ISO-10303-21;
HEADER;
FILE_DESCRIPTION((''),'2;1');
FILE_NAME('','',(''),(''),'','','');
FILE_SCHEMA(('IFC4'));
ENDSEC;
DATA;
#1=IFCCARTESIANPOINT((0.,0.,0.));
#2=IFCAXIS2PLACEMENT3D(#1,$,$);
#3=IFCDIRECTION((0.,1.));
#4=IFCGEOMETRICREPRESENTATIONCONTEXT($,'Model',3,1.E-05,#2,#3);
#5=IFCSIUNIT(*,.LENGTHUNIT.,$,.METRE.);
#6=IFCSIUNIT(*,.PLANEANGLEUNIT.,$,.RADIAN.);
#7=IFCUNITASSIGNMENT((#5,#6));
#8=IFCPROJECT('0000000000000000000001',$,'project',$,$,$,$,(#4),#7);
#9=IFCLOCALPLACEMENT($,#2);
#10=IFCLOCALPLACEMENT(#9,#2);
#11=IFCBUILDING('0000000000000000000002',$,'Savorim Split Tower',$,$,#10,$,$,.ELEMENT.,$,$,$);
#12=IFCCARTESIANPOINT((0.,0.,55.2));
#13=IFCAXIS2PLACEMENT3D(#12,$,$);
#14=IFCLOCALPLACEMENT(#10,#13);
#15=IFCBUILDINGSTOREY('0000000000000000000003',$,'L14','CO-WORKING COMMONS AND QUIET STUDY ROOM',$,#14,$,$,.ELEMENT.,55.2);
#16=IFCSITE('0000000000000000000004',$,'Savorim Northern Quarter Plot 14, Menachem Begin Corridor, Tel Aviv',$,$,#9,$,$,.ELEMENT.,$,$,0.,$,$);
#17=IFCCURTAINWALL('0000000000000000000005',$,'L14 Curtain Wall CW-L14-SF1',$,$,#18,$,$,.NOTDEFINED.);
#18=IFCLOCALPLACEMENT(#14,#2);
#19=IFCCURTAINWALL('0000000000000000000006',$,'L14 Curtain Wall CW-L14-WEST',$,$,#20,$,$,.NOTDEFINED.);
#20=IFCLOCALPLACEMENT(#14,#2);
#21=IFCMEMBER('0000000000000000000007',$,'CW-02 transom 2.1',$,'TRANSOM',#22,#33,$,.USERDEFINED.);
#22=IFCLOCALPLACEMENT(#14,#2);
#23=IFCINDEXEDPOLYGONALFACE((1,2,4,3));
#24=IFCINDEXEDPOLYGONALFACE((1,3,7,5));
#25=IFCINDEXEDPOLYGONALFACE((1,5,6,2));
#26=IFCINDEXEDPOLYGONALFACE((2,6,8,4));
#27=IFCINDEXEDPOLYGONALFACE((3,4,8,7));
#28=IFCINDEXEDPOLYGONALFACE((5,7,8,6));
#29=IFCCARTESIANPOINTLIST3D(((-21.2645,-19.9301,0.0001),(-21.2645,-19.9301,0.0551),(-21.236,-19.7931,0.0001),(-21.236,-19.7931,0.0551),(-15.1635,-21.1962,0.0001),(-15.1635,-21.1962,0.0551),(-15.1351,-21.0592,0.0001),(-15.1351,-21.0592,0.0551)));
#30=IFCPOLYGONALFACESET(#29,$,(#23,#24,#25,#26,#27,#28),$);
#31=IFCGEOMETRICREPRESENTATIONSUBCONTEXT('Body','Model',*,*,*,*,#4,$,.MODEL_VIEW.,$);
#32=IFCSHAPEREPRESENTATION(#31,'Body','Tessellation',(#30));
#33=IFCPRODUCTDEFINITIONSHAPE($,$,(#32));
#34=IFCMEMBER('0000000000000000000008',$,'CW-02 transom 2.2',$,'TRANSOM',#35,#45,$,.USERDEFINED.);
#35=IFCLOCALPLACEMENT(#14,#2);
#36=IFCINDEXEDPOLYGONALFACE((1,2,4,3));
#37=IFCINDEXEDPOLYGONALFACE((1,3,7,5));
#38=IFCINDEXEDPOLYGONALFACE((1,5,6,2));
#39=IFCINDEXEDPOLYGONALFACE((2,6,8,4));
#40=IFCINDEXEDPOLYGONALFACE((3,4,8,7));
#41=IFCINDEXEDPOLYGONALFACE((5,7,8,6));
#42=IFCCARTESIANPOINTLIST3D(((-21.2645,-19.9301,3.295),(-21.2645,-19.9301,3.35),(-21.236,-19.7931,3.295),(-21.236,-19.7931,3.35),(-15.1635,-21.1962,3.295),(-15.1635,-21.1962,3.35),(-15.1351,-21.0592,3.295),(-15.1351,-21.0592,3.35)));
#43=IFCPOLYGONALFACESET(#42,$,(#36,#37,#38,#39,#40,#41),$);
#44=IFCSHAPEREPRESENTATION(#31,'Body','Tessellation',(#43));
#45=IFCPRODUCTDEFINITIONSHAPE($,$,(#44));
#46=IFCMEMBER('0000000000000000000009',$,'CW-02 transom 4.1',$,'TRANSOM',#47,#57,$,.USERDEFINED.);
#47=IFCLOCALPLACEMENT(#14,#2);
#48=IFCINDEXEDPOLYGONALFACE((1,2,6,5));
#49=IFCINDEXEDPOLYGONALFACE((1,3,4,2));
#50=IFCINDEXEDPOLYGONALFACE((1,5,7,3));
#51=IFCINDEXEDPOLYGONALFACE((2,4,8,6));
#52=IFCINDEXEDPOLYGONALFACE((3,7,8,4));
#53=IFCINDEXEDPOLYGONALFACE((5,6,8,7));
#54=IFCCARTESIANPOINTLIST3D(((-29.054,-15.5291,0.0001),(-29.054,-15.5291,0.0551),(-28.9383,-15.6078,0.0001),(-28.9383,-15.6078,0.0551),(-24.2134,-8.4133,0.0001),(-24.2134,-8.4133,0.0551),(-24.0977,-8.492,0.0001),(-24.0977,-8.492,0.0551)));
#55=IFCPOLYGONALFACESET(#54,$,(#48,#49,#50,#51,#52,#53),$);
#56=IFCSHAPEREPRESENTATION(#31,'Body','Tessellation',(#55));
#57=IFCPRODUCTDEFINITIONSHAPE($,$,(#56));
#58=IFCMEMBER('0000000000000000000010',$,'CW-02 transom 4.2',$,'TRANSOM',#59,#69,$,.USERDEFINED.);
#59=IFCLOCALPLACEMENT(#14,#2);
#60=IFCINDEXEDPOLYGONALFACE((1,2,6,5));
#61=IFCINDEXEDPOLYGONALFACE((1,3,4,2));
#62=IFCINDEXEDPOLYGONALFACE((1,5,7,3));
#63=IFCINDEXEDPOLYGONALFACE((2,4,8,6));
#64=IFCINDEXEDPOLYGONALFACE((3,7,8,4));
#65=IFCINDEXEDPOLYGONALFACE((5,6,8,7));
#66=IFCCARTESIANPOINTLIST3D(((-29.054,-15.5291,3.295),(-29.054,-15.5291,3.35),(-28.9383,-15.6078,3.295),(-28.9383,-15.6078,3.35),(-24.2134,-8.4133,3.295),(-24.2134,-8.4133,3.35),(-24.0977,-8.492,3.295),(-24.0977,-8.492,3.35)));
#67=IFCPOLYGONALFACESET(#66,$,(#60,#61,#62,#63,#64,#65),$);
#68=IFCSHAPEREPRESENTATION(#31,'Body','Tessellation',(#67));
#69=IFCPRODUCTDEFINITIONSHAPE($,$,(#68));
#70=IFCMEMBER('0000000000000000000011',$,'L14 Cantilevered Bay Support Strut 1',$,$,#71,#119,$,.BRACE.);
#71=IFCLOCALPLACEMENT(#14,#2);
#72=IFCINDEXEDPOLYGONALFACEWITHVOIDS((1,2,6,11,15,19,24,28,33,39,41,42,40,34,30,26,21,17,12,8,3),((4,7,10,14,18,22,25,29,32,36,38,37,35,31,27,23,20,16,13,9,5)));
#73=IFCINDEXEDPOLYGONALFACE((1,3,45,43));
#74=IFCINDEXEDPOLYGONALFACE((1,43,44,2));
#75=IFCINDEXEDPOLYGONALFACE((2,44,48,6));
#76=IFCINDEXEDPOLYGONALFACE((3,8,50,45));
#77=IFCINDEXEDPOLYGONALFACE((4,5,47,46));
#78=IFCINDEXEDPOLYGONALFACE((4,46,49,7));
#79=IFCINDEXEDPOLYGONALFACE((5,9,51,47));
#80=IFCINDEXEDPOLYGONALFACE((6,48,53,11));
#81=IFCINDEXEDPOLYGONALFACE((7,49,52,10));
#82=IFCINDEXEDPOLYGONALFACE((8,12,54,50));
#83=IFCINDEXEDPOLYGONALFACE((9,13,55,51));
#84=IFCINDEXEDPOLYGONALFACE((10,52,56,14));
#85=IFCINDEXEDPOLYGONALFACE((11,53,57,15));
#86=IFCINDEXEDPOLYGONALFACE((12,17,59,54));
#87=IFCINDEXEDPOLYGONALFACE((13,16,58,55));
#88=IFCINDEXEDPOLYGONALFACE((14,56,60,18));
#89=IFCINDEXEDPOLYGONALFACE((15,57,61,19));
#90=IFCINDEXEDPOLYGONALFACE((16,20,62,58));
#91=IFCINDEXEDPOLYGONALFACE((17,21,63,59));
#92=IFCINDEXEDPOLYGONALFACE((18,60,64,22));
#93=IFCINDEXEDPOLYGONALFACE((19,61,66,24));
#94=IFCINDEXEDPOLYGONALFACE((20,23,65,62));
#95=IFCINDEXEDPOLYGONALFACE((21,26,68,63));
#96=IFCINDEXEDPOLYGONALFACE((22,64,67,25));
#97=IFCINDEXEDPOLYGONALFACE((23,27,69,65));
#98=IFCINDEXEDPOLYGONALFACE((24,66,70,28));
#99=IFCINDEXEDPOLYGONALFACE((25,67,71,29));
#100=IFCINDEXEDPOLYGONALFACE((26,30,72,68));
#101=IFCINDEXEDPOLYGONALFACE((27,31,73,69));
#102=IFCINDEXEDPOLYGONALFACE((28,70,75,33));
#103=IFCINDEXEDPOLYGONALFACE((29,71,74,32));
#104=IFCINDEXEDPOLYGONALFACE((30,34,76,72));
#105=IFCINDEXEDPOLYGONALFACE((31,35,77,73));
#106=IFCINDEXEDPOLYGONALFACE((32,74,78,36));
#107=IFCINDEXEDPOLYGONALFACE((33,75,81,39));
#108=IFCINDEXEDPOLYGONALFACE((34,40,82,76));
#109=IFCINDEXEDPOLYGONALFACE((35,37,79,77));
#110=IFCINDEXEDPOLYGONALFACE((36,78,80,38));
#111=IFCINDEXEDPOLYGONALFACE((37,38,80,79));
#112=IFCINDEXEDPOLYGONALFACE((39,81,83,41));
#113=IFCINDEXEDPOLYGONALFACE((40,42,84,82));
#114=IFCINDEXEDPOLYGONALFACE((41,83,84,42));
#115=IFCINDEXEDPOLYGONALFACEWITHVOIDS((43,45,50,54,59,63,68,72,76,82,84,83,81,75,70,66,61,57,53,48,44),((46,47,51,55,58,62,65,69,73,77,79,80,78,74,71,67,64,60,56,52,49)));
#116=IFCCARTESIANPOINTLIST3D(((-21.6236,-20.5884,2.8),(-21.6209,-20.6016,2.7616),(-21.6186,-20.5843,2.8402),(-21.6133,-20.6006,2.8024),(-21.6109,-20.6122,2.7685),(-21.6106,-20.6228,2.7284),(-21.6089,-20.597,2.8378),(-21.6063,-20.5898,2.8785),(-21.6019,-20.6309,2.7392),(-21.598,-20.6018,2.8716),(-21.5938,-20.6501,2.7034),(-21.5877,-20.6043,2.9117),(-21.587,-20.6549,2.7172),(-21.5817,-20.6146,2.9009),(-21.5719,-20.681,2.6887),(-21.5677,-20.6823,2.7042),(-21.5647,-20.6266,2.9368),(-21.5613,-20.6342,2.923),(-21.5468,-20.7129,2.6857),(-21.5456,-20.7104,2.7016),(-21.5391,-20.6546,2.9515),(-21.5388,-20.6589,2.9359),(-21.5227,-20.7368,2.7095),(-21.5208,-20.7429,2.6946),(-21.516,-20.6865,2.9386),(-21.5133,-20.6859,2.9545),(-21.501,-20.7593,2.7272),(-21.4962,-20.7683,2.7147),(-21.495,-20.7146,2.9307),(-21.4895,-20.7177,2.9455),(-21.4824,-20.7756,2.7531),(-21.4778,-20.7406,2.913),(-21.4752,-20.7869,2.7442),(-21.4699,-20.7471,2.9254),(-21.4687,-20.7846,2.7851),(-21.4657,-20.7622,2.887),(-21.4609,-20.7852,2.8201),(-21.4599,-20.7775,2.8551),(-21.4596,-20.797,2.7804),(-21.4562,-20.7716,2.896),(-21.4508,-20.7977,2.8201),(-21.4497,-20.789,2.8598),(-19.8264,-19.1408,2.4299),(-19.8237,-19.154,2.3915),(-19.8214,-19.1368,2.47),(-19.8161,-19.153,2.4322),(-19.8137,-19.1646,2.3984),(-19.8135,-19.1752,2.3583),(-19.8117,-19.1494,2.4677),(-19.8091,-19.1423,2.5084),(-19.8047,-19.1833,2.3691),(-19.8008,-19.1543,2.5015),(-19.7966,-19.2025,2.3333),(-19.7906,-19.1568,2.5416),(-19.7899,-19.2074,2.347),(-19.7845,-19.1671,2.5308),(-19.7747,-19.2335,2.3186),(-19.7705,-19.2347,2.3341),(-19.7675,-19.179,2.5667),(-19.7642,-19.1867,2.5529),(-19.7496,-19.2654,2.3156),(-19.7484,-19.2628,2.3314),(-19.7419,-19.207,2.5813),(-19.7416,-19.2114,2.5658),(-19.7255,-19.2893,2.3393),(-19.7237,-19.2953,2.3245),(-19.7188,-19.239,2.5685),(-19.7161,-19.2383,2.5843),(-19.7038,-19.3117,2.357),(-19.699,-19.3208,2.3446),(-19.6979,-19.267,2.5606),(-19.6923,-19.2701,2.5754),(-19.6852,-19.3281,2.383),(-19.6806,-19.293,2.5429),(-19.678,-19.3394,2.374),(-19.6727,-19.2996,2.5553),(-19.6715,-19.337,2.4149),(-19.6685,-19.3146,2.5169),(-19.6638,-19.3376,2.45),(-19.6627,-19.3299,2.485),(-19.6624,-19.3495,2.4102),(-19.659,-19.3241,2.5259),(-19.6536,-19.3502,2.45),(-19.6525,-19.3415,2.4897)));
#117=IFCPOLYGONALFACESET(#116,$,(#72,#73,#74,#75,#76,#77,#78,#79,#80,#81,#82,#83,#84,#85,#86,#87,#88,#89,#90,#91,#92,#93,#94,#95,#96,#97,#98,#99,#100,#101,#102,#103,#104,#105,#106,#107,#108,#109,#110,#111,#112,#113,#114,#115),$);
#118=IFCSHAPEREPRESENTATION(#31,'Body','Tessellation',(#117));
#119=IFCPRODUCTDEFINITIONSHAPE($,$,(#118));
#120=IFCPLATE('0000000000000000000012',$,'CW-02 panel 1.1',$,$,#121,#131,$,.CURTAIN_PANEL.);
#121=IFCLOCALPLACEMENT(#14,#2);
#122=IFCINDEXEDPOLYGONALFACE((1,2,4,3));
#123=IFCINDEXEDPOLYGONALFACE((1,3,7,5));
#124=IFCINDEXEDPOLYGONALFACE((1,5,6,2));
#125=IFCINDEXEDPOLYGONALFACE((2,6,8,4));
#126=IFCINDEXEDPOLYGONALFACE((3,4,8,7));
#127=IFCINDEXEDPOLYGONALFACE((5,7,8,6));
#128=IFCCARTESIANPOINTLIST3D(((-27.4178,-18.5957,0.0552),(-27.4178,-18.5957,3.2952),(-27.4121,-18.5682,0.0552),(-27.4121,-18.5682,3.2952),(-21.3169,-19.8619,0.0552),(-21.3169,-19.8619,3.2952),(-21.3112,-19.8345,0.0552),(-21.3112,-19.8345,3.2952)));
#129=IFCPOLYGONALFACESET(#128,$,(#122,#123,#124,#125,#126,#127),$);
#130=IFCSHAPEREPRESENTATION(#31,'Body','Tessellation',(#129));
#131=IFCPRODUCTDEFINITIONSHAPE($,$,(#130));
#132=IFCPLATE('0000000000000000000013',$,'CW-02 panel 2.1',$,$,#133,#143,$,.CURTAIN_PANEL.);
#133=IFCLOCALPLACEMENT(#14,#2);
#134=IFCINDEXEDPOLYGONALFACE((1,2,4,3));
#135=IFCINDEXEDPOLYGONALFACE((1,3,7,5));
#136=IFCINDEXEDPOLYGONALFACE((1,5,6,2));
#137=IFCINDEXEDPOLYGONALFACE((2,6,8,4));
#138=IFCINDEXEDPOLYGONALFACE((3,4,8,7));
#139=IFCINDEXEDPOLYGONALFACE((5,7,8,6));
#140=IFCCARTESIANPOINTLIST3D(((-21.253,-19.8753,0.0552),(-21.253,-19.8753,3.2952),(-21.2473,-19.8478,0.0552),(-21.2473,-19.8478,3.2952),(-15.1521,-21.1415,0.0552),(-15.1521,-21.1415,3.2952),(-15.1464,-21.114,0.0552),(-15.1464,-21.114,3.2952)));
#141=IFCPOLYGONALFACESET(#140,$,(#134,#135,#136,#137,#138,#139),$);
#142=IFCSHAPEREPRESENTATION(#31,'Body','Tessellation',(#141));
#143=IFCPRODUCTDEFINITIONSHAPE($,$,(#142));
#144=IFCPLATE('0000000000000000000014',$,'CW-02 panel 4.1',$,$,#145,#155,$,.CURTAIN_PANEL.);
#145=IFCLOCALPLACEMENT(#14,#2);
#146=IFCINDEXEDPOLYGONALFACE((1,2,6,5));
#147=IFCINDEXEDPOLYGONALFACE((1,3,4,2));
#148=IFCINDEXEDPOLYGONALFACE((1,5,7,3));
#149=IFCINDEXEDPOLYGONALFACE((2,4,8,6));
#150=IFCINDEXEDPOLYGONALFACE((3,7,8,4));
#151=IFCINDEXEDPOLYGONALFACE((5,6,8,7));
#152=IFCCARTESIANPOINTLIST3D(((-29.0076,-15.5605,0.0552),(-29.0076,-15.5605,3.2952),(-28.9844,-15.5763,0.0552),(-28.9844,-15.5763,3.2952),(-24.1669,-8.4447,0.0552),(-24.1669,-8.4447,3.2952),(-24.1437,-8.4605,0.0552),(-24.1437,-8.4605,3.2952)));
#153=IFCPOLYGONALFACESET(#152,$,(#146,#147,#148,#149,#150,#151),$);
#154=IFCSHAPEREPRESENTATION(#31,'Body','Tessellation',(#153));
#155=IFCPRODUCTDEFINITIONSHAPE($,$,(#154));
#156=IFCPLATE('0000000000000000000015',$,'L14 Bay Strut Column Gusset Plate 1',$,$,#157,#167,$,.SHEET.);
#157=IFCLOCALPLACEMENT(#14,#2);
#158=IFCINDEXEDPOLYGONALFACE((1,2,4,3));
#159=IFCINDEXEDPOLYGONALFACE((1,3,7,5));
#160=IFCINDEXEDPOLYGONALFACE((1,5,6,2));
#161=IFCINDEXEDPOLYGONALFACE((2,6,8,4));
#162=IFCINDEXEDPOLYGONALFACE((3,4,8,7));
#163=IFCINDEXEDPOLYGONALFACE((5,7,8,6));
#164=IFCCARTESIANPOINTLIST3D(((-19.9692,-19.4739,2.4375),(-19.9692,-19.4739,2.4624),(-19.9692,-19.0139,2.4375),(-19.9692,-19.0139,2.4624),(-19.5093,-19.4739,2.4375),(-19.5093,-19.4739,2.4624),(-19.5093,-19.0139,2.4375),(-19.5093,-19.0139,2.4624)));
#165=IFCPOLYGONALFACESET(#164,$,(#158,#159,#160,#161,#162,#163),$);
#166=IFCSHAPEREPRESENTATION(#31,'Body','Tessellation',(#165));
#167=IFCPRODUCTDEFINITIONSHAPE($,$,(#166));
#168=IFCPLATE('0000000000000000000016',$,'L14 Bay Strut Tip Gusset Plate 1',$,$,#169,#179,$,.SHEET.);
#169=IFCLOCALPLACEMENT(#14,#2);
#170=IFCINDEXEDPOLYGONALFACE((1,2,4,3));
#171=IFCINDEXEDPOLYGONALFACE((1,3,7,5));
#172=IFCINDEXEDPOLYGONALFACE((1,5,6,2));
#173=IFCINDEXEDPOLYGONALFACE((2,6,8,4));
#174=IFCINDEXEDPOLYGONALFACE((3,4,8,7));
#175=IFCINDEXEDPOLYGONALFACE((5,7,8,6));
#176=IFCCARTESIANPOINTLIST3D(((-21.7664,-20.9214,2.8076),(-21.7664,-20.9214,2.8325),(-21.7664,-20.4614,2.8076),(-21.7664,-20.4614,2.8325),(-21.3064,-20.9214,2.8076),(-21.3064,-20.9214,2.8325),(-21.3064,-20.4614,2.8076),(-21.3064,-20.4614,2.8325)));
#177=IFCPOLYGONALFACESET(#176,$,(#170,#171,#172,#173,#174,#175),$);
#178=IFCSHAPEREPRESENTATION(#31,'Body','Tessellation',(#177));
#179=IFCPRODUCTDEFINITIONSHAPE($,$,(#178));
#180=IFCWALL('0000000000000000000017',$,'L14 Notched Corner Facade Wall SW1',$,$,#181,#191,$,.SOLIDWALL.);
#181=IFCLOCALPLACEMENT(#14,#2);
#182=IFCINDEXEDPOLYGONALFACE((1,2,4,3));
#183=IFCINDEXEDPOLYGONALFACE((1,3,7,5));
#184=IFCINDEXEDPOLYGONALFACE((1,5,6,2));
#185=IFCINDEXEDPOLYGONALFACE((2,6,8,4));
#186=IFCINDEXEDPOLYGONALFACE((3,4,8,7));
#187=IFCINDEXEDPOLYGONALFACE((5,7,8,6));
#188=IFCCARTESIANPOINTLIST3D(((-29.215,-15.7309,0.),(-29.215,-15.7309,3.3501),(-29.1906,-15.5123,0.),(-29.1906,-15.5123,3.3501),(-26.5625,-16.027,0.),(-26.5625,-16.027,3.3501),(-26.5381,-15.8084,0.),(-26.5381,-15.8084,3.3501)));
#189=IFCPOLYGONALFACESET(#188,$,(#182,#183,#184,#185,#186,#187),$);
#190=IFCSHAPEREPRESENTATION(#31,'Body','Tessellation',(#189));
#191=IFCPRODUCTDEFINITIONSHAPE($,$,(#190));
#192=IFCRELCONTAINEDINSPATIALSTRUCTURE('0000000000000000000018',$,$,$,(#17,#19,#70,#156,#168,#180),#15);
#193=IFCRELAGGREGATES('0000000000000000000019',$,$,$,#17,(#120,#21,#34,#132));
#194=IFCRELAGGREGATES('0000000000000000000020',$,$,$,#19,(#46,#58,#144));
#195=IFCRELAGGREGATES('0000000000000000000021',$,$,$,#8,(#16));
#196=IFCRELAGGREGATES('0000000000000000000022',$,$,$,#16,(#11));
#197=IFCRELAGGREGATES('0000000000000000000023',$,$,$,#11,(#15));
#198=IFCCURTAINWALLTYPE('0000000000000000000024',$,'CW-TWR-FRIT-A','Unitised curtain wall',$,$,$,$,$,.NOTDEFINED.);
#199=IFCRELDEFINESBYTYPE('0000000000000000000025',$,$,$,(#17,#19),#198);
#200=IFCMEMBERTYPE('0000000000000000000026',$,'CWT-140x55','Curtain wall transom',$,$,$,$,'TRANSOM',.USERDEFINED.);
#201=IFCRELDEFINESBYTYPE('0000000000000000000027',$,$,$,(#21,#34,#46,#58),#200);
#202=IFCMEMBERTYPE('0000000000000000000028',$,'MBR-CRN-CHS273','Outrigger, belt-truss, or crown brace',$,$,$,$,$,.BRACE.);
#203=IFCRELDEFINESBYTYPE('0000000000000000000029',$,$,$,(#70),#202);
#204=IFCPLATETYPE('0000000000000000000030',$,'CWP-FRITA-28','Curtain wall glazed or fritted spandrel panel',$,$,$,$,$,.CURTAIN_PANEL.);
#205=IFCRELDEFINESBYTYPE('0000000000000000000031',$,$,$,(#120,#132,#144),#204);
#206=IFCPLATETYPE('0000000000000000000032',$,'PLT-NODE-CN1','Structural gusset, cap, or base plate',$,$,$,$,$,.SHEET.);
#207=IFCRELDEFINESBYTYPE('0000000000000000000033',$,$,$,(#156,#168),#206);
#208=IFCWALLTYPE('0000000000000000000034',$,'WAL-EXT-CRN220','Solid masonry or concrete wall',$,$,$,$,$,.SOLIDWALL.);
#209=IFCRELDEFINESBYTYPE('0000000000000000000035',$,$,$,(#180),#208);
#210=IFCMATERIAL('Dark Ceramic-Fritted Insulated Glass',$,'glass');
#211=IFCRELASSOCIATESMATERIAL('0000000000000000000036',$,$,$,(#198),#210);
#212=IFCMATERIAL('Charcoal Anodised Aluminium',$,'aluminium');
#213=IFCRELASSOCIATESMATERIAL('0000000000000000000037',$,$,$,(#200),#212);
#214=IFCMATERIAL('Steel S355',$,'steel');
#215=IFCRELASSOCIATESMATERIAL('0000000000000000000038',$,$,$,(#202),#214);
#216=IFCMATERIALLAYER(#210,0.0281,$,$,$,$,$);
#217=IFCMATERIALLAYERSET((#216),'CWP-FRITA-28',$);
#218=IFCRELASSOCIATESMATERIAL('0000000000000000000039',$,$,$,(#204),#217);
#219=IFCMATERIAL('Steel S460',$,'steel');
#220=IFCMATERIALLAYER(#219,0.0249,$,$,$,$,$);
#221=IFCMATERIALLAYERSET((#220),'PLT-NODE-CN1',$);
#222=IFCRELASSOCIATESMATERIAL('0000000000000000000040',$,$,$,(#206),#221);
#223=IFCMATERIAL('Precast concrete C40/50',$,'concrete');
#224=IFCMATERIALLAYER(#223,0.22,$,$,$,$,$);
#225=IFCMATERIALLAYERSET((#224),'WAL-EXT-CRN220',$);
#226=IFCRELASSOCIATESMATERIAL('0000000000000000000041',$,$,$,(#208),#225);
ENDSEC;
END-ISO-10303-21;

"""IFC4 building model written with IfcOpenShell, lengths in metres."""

from ifc_helpers import new_model, si_unit, direction, frame, frame_2d, origin, origin_2d, place, context, subcontext, project, spatial, rectangle, hollow_circle, extrude, material, layer, layer_set, material_profile, profile_set, type_object, element, aggregate, save


model = new_model("IFC4")

# Units and contexts
model_context = context("Model", 3, precision=1e-05, world=origin(), true_north=direction((0.0, 1.0)))
body_context = subcontext(model_context, "Body", "Model", "MODEL_VIEW")
ifc_project = project(units=[si_unit("LENGTHUNIT", "METRE"), si_unit("PLANEANGLEUNIT", "RADIAN")], contexts=[model_context])

# Site, building, storey
site_placement = place(None, origin())
site = spatial("IfcSite", under=ifc_project, at=site_placement, Name="Savorim Northern Quarter Plot 14, Menachem Begin Corridor, Tel Aviv", CompositionType="ELEMENT", RefElevation=0.0)
building_placement = place(site_placement, origin())
building = spatial("IfcBuilding", under=site, at=building_placement, Name="Savorim Split Tower", CompositionType="ELEMENT")
storey_placement = place(building_placement, frame((0.0, 0.0, 55.2)))
storey = spatial("IfcBuildingStorey", under=building, at=storey_placement, Name="L14", Description="CO-WORKING COMMONS AND QUIET STUDY ROOM", CompositionType="ELEMENT", Elevation=55.2)

# Shared definitions
ifc_material_1 = material(Name="Steel S460", Category="steel")

# Shared definitions
ifc_material_2 = material(Name="Steel S355", Category="steel")

# Curtain walls
ifc_material_3 = material(Name="Dark Ceramic-Fritted Insulated Glass", Category="glass")
curtain_wall_type = type_object("IfcCurtainWallType", Name="CW-TWR-FRIT-A", Description="Unitised curtain wall", PredefinedType="NOTDEFINED", material=ifc_material_3)
curtain_wall_1_placement = place(storey_placement, origin())
curtain_wall_1 = element("IfcCurtainWall", 1, at=curtain_wall_1_placement, inside=storey, type_object=curtain_wall_type, Name="L14 Curtain Wall CW-L14-SF1", PredefinedType="NOTDEFINED")
ifc_material_4 = material(Name="Charcoal Anodised Aluminium", Category="aluminium")
curtain_wall_2_placement = place(storey_placement, origin())
curtain_wall_2 = element("IfcCurtainWall", 2, at=curtain_wall_2_placement, inside=storey, type_object=curtain_wall_type, Name="L14 Curtain Wall CW-L14-WEST", PredefinedType="NOTDEFINED")

# Members
ifc_material_profile_1 = material_profile(ifc_material_4, rectangle(XDim=0.1399, YDim=0.0549, at=origin_2d()), Name="ALU-T 140x55")
ifc_profile_set_1 = profile_set([ifc_material_profile_1], Name="Charcoal Anodised Aluminium")
member_type_1 = type_object("IfcMemberType", Name="CWT-140x55", Description="Curtain wall transom", ElementType="TRANSOM", PredefinedType="USERDEFINED", material=ifc_profile_set_1)
member_1_placement = place(storey_placement, frame((-21.2502, -19.8616, 0.0276), z_axis=(0.979139, -0.203194, 0.0), x_axis=(0.203194, 0.979139, 0.0)))
member_1 = element("IfcMember", 3, at=member_1_placement, type_object=member_type_1, Name="CW-02 transom 2.1", ObjectType="TRANSOM", PredefinedType="USERDEFINED", context=body_context, shape_type="SweptSolid", body=[
    extrude(rectangle(XDim=0.1399, YDim=0.0549, at=origin_2d()), origin(), (0.0, 0.0, 1.0), 6.231),
])
member_2_placement = place(storey_placement, frame((-21.2502, -19.8616, 3.3225), z_axis=(0.979139, -0.203194, 0.0), x_axis=(0.203194, 0.979139, 0.0)))
member_2 = element("IfcMember", 4, at=member_2_placement, type_object=member_type_1, Name="CW-02 transom 2.2", ObjectType="TRANSOM", PredefinedType="USERDEFINED", context=body_context, shape_type="SweptSolid", body=[
    extrude(rectangle(XDim=0.1399, YDim=0.0549, at=origin_2d()), origin(), (0.0, 0.0, 1.0), 6.231),
])
member_3_placement = place(storey_placement, frame((-24.1555, -8.4526, 0.0276), z_axis=(-0.56246, -0.826825, 0.0), x_axis=(0.826825, -0.56246, 0.0)))
member_3 = element("IfcMember", 5, at=member_3_placement, type_object=member_type_1, Name="CW-02 transom 4.1", ObjectType="TRANSOM", PredefinedType="USERDEFINED", context=body_context, shape_type="SweptSolid", body=[
    extrude(rectangle(XDim=0.1399, YDim=0.0549, at=origin_2d()), origin(), (0.0, 0.0, 1.0), 8.6062),
])
member_4_placement = place(storey_placement, frame((-24.1555, -8.4526, 3.3225), z_axis=(-0.56246, -0.826825, 0.0), x_axis=(0.826825, -0.56246, 0.0)))
member_4 = element("IfcMember", 6, at=member_4_placement, type_object=member_type_1, Name="CW-02 transom 4.2", ObjectType="TRANSOM", PredefinedType="USERDEFINED", context=body_context, shape_type="SweptSolid", body=[
    extrude(rectangle(XDim=0.1399, YDim=0.0549, at=origin_2d()), origin(), (0.0, 0.0, 1.0), 8.6062),
])
ifc_material_profile_2 = material_profile(ifc_material_2, hollow_circle(Radius=0.1365, WallThickness=0.0161, at=origin_2d()), Name="CHS 273x16")
ifc_profile_set_2 = profile_set([ifc_material_profile_2], Name="Steel S355")
member_type_2 = type_object("IfcMemberType", Name="MBR-CRN-CHS273", Description="Outrigger, belt-truss, or crown brace", PredefinedType="BRACE", material=ifc_profile_set_2)
member_5_placement = place(storey_placement, frame((-19.7393, -19.2439, 2.45), z_axis=(-0.768962, -0.619369, 0.158368), x_axis=(0.627285, -0.77879, 0.0)))
element("IfcMember", 7, at=member_5_placement, inside=storey, type_object=member_type_2, Name="L14 Cantilevered Bay Support Strut 1", PredefinedType="BRACE", context=body_context, shape_type="SweptSolid", body=[
    extrude(hollow_circle(Radius=0.1365, WallThickness=0.0161, at=origin_2d()), origin(), (0.0, 0.0, 1.0), 2.3372),
])

# Plates
ifc_layer_1 = layer(ifc_material_3, 0.0281)
ifc_layer_set_1 = layer_set([ifc_layer_1], Name="CWP-FRITA-28")
plate_type_1 = type_object("IfcPlateType", Name="CWP-FRITA-28", Description="Curtain wall glazed or fritted spandrel panel", PredefinedType="CURTAIN_PANEL", material=ifc_layer_set_1)
plate_1_placement = place(storey_placement, frame((-24.3645, -19.2151, 0.0552), z_axis=(0.0, 0.0, 1.0), x_axis=(0.979134, -0.203214, 0.0)))
plate_1 = element("IfcPlate", 8, at=plate_1_placement, type_object=plate_type_1, Name="CW-02 panel 1.1", PredefinedType="CURTAIN_PANEL", context=body_context, shape_type="SweptSolid", body=[
    extrude(rectangle(XDim=6.231, YDim=0.0281, at=origin_2d()), origin(), (0.0, 0.0, 1.0), 3.24),
])
plate_2_placement = place(storey_placement, frame((-18.1997, -20.4946, 0.0552), z_axis=(0.0, 0.0, 1.0), x_axis=(0.979134, -0.203214, 0.0)))
plate_2 = element("IfcPlate", 9, at=plate_2_placement, type_object=plate_type_1, Name="CW-02 panel 2.1", PredefinedType="CURTAIN_PANEL", context=body_context, shape_type="SweptSolid", body=[
    extrude(rectangle(XDim=6.231, YDim=0.0281, at=origin_2d()), origin(), (0.0, 0.0, 1.0), 3.24),
])
aggregate(curtain_wall_1, [plate_1, member_1, member_2, plate_2])
plate_3_placement = place(storey_placement, frame((-26.5757, -12.0105, 0.0552), z_axis=(0.0, 0.0, 1.0), x_axis=(-0.562466, -0.82682, 0.0)))
plate_3 = element("IfcPlate", 10, at=plate_3_placement, type_object=plate_type_1, Name="CW-02 panel 4.1", PredefinedType="CURTAIN_PANEL", context=body_context, shape_type="SweptSolid", body=[
    extrude(rectangle(XDim=8.6062, YDim=0.0281, at=origin_2d()), origin(), (0.0, 0.0, 1.0), 3.24),
])
aggregate(curtain_wall_2, [member_3, member_4, plate_3])

# Plates
ifc_layer_2 = layer(ifc_material_1, 0.0249)
ifc_layer_set_2 = layer_set([ifc_layer_2], Name="PLT-NODE-CN1")
plate_type_2 = type_object("IfcPlateType", Name="PLT-NODE-CN1", Description="Structural gusset, cap, or base plate", PredefinedType="SHEET", material=ifc_layer_set_2)
for number, where, z_axis, x_axis, name in (
    (11, (-19.7393, -19.2439, 2.4375), (0.0, 0.0, 1.0), (1.0, 0.0, 0.0), "L14 Bay Strut Column Gusset Plate 1"),
    (12, (-21.5364, -20.6914, 2.8076), (0.0, 0.0, 1.0), (1.0, 0.0, 0.0), "L14 Bay Strut Tip Gusset Plate 1"),
):
    element("IfcPlate", number, at=place(storey_placement, frame(where, z_axis=z_axis, x_axis=x_axis)), inside=storey, type_object=plate_type_2, Name=name, PredefinedType="SHEET", context=body_context, shape_type="SweptSolid", body=[
        extrude(rectangle(XDim=0.46, YDim=0.46, at=origin_2d()), origin(), (0.0, 0.0, 1.0), 0.0249),
    ])

# Wall
ifc_material_5 = material(Name="Precast concrete C40/50", Category="concrete")
ifc_layer_3 = layer(ifc_material_5, 0.22)
ifc_layer_set_3 = layer_set([ifc_layer_3], Name="WAL-EXT-CRN220")
wall_type = type_object("IfcWallType", Name="WAL-EXT-CRN220", Description="Solid masonry or concrete wall", PredefinedType="SOLIDWALL", material=ifc_layer_set_3)
wall_1_placement = place(storey_placement, frame((-26.5503, -15.9177, 0.0), z_axis=(0.0, 0.0, 1.0), x_axis=(-0.993824, 0.110964, 0.0)))
element("IfcWall", 13, at=wall_1_placement, inside=storey, type_object=wall_type, Name="L14 Notched Corner Facade Wall SW1", PredefinedType="SOLIDWALL", context=body_context, shape_type="SweptSolid", body=[
    extrude(rectangle(XDim=2.6689, YDim=0.22, at=frame_2d((1.3345, 0.0))), origin(), (0.0, 0.0, 1.0), 3.3501),
])

save(model, "model.ifc")
